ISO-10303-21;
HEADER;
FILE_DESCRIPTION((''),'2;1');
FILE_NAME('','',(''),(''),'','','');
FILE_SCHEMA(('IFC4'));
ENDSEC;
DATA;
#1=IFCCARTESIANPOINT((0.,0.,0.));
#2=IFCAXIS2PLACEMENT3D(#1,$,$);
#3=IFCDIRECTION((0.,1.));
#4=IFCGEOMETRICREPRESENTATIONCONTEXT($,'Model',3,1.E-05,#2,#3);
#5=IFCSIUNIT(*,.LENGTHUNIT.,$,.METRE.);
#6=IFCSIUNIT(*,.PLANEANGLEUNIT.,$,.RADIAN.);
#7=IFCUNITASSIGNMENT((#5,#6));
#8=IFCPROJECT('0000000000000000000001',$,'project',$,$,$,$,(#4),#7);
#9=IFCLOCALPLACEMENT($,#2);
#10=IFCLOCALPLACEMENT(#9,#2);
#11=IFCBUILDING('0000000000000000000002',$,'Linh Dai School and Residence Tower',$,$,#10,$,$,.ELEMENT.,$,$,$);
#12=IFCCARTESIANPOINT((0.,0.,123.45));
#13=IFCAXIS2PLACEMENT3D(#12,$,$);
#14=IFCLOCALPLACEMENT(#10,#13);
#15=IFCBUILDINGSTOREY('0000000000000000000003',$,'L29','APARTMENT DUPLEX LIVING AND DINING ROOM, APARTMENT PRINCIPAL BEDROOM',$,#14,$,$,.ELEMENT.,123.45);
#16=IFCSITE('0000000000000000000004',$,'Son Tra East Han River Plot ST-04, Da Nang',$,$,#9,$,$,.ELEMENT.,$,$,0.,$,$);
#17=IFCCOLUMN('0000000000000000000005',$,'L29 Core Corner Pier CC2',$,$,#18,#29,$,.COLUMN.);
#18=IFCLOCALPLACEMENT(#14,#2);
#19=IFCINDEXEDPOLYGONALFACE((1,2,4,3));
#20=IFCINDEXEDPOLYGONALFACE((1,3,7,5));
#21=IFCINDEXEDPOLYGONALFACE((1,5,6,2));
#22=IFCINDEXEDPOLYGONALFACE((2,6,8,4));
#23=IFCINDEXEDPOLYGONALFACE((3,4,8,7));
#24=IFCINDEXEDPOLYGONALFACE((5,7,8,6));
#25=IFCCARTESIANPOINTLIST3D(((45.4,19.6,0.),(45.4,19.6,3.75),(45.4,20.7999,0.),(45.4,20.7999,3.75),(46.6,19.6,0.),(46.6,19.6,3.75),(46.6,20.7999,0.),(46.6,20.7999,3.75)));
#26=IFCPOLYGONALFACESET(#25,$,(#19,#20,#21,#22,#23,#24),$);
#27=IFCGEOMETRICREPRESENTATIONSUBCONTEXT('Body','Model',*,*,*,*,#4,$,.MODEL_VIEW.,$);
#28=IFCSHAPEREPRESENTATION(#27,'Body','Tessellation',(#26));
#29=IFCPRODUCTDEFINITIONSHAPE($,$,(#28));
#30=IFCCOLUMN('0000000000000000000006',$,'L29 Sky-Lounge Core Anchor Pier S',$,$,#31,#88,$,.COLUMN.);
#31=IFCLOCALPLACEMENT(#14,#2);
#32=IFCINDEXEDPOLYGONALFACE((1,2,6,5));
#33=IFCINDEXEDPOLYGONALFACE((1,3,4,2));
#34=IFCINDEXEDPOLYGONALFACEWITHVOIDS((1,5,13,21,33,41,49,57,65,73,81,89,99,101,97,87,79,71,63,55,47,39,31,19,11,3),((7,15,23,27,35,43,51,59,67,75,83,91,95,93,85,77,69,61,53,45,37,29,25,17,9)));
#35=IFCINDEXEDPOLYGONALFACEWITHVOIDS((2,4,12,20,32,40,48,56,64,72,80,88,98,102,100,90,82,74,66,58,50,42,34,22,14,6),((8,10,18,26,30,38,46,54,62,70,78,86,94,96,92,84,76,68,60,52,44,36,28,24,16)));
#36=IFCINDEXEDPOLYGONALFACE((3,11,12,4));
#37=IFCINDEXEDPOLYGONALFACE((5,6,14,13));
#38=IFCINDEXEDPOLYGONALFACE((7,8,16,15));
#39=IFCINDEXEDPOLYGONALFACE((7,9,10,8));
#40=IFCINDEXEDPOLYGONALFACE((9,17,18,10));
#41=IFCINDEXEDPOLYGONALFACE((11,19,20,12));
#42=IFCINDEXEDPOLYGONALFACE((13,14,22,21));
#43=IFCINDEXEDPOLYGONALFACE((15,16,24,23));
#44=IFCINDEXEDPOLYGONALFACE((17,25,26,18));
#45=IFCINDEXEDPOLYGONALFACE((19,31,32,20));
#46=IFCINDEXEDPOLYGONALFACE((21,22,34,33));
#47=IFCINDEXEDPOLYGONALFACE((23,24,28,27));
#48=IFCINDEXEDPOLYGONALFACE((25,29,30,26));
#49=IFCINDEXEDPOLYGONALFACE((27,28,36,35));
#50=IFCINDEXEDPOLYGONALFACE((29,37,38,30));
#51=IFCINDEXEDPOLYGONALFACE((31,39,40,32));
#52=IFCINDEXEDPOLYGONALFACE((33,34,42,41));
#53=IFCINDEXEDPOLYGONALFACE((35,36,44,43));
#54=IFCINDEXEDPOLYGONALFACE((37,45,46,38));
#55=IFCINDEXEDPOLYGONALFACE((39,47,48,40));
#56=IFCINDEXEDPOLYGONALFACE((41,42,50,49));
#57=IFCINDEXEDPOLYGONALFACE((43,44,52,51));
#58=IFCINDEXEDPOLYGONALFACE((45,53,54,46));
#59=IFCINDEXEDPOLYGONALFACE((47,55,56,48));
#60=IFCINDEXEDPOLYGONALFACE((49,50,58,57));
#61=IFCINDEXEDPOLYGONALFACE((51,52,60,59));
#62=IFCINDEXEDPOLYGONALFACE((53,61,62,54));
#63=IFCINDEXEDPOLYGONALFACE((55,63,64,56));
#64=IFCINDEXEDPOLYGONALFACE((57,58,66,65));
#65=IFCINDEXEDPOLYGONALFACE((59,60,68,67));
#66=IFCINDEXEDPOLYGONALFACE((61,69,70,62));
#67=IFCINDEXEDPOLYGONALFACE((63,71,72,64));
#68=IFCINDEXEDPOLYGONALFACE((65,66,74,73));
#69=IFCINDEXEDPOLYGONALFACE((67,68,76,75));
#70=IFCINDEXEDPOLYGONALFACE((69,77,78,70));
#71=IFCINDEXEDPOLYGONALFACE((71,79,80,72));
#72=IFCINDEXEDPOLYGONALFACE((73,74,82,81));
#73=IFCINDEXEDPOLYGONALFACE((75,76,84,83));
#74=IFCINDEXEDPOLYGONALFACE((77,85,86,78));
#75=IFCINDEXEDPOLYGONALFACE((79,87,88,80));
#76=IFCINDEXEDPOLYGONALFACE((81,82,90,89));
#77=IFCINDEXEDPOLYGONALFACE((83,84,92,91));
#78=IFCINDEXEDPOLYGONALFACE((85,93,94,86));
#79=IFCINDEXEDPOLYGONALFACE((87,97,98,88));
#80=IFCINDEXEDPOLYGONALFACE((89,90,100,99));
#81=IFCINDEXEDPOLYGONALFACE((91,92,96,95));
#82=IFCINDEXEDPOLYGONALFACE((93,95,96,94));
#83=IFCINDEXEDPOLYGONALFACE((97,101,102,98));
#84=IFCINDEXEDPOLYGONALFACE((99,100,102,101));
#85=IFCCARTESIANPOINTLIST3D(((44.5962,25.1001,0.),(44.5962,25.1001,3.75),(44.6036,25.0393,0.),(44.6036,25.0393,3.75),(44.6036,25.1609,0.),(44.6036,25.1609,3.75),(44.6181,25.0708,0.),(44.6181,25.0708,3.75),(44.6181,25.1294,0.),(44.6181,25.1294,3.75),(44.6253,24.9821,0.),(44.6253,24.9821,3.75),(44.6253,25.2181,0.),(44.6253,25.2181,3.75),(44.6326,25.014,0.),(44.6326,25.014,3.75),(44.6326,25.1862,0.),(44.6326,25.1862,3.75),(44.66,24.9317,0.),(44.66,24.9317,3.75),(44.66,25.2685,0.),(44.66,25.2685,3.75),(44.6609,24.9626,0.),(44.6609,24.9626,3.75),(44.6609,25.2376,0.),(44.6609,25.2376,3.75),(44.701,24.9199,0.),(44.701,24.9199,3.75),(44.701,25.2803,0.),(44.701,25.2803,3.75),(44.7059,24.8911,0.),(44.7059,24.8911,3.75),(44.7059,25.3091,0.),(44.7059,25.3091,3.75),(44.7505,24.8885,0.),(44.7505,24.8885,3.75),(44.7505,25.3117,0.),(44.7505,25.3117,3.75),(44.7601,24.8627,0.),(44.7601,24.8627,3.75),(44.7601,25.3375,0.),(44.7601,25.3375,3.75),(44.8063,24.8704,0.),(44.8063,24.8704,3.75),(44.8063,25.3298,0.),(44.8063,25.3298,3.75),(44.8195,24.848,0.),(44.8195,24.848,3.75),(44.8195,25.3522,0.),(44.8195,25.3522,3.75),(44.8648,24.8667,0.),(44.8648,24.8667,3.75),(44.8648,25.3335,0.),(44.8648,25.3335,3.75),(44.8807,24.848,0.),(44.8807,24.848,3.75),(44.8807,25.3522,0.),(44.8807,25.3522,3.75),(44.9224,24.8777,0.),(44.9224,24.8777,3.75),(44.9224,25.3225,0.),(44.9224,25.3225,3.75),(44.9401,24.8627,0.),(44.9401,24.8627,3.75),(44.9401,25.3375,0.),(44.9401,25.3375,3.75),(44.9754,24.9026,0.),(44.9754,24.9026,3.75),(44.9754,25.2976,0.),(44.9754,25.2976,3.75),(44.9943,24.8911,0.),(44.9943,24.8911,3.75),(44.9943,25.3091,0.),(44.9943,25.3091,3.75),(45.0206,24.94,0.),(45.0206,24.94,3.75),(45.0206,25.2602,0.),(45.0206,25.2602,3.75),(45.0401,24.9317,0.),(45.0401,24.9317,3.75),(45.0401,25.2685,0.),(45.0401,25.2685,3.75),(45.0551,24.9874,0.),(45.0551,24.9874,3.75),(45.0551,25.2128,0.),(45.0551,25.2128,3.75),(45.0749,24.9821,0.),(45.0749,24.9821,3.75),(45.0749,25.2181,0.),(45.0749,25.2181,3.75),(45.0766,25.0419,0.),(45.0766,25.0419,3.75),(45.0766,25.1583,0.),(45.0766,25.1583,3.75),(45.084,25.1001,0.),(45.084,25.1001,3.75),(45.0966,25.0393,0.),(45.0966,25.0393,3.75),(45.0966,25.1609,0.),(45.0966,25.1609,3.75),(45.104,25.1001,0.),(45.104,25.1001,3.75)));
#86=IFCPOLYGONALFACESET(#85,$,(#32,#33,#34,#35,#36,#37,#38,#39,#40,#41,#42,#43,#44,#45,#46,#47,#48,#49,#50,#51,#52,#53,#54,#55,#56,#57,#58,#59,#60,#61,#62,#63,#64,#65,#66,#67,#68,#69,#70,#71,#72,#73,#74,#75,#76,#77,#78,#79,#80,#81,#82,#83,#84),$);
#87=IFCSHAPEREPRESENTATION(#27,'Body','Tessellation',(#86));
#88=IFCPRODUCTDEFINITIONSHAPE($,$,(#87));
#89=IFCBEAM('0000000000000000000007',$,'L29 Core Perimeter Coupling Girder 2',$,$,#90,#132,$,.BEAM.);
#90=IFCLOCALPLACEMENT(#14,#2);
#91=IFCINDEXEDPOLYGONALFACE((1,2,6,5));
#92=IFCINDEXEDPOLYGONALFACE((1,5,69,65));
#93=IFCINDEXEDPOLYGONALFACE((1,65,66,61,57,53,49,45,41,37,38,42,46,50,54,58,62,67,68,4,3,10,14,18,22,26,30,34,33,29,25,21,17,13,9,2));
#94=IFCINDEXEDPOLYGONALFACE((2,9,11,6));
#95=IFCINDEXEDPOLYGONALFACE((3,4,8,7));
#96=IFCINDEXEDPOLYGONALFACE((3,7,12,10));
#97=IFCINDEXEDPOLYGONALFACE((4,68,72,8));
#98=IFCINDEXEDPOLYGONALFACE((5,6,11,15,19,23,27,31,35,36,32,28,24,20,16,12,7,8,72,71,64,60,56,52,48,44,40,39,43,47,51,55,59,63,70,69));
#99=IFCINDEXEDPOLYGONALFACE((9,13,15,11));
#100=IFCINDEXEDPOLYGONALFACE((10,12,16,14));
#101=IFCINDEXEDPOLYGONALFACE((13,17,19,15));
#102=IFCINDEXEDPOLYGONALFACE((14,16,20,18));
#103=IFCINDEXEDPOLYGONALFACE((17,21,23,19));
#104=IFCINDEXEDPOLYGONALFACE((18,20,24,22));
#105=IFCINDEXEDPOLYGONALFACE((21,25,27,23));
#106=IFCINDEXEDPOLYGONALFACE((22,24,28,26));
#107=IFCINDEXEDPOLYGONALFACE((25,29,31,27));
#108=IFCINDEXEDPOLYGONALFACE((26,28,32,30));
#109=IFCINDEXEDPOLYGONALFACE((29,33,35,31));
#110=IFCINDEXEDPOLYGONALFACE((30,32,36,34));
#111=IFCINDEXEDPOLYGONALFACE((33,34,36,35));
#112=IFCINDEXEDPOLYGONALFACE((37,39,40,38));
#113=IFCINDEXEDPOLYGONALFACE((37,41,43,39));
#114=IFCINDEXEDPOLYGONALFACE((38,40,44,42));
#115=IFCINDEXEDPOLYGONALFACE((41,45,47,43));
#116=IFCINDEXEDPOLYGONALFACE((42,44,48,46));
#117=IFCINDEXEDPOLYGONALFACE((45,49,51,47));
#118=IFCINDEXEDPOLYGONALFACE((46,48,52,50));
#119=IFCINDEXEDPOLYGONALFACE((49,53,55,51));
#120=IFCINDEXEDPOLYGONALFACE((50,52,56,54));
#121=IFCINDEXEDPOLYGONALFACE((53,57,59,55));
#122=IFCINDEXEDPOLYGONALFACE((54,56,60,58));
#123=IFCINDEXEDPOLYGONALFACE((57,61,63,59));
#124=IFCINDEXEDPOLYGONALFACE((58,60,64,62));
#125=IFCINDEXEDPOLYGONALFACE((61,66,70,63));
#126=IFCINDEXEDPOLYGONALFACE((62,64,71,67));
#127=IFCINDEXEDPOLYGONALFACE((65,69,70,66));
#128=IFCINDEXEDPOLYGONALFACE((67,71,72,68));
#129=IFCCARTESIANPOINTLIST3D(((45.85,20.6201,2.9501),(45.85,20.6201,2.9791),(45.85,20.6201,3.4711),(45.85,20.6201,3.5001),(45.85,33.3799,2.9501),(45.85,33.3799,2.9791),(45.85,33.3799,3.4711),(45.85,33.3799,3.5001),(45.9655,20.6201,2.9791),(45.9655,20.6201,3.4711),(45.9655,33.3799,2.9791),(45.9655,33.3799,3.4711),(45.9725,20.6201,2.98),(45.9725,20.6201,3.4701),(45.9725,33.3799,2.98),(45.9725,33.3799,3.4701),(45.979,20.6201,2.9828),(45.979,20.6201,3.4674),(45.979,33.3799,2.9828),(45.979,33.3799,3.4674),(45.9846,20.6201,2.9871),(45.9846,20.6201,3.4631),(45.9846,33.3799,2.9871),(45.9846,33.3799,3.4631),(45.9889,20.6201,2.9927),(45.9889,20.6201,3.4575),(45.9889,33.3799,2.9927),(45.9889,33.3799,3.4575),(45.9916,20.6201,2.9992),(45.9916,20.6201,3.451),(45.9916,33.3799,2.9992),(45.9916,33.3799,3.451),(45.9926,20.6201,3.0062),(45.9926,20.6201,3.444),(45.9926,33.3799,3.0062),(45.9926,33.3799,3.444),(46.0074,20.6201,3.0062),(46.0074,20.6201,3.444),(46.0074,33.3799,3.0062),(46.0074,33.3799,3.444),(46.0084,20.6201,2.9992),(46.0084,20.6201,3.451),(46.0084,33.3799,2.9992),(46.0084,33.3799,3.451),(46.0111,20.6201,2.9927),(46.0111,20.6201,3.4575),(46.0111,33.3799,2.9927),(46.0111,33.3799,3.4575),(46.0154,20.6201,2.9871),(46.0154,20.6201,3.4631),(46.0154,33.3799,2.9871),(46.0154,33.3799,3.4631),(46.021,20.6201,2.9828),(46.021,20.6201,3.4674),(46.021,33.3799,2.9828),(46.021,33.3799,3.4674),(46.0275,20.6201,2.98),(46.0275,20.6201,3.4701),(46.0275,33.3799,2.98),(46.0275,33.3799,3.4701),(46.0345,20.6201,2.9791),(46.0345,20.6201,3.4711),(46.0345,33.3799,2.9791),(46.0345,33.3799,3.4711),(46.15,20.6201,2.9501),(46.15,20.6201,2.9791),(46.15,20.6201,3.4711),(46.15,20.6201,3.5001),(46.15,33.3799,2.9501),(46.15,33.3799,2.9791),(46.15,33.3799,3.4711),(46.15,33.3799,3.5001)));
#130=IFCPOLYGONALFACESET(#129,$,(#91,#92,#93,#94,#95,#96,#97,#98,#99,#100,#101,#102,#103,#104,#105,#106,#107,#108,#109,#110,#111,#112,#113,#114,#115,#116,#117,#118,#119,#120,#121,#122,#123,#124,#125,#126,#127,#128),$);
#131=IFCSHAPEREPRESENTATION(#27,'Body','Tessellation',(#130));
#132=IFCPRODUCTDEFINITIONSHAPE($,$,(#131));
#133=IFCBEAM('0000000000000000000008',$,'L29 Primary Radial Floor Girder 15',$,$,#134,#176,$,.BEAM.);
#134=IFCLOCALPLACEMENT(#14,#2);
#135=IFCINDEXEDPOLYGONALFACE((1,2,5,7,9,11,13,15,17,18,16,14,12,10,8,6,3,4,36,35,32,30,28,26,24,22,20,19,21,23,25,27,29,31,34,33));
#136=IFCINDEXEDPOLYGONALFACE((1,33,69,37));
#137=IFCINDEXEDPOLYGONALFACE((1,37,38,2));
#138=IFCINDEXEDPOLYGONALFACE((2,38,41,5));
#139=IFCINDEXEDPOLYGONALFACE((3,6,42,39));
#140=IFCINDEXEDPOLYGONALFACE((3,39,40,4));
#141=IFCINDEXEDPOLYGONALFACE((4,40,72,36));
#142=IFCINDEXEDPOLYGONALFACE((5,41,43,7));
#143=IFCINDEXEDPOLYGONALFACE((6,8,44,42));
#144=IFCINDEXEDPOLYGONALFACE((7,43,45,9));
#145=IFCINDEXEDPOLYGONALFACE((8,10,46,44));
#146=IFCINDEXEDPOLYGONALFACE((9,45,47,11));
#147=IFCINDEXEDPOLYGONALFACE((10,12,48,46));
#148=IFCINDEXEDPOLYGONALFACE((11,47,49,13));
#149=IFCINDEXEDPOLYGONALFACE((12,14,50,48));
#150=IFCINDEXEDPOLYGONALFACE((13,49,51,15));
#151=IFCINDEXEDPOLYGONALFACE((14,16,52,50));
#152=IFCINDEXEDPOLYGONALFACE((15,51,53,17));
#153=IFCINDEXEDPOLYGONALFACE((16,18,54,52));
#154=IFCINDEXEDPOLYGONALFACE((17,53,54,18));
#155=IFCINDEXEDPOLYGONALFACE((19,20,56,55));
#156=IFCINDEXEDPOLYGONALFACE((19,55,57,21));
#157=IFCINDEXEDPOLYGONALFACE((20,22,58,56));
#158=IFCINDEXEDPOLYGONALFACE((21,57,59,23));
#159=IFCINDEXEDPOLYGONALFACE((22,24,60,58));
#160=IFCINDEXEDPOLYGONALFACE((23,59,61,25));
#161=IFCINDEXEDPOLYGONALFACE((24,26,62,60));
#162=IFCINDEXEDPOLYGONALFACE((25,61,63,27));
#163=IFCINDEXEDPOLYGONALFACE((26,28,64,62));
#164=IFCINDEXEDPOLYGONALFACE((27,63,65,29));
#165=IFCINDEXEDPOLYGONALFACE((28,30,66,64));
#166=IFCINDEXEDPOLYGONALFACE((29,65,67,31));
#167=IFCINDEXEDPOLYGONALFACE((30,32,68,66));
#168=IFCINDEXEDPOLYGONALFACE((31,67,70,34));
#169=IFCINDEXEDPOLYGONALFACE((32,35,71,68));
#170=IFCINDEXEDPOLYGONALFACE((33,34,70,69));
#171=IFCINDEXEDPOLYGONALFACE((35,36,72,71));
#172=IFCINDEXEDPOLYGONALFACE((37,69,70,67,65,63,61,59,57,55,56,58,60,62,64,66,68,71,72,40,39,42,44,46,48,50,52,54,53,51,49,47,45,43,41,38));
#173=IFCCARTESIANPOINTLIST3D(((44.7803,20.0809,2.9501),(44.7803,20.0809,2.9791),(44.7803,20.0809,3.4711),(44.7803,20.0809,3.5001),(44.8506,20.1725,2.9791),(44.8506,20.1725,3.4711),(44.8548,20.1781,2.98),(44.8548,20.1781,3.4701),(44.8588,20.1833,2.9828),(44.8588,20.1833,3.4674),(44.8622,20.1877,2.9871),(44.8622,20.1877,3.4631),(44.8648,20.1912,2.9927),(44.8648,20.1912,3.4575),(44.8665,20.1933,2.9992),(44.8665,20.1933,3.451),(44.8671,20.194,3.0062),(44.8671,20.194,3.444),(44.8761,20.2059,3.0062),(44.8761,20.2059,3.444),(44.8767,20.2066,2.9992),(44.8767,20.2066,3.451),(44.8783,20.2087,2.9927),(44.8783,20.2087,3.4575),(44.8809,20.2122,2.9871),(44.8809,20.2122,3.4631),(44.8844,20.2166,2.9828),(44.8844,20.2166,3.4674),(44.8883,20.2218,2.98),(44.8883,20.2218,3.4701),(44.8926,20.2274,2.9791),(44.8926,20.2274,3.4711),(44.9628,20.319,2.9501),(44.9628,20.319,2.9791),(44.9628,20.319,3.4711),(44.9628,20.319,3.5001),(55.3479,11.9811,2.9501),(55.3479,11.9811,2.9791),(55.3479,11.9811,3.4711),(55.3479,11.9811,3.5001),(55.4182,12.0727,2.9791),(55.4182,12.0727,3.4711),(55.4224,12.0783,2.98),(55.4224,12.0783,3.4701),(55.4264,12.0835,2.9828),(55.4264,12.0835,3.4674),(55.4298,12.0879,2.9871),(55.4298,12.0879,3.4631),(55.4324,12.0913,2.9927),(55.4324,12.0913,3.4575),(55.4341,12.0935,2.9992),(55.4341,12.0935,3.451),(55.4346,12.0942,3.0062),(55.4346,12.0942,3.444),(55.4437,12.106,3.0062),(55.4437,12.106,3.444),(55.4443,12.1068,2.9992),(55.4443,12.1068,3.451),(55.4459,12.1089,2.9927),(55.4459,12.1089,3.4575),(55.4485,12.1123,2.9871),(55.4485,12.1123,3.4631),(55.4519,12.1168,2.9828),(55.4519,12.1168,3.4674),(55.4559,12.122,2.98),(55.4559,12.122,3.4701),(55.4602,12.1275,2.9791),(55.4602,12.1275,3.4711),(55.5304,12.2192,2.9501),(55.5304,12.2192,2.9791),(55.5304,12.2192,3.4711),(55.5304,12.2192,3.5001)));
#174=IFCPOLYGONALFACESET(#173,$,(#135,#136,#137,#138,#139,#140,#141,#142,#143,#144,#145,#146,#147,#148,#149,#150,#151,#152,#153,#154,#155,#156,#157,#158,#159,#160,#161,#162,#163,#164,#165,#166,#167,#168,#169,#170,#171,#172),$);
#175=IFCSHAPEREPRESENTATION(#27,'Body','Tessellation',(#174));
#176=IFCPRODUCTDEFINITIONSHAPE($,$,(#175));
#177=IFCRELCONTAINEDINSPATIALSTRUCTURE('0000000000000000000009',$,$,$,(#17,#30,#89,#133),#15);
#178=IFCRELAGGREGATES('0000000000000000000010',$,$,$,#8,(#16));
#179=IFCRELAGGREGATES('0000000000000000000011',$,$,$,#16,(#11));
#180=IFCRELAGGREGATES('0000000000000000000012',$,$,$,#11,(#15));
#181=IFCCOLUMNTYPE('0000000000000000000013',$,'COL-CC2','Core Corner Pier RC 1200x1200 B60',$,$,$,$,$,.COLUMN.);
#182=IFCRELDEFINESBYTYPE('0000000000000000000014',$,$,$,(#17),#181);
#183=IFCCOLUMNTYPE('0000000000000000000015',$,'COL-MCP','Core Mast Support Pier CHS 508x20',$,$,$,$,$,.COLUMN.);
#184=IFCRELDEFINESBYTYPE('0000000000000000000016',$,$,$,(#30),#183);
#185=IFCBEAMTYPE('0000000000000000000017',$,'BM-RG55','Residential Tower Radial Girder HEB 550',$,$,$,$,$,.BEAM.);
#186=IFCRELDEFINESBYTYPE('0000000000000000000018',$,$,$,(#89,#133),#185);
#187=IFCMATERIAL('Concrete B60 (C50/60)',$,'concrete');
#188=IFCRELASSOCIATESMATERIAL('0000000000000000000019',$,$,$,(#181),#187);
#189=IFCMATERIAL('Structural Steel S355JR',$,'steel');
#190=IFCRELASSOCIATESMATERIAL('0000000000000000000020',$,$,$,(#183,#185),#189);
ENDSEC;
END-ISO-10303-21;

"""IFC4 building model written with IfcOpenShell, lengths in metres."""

from ifc_helpers import new_model, si_unit, direction, frame, origin, origin_2d, place, context, subcontext, project, spatial, rectangle, hollow_circle, i_section, extrude, material, material_profile, profile_set, type_object, element, save


model = new_model("IFC4")

# Units and contexts
model_context = context("Model", 3, precision=1e-05, world=origin(), true_north=direction((0.0, 1.0)))
body_context = subcontext(model_context, "Body", "Model", "MODEL_VIEW")
ifc_project = project(units=[si_unit("LENGTHUNIT", "METRE"), si_unit("PLANEANGLEUNIT", "RADIAN")], contexts=[model_context])

# Site, building, storey
site_placement = place(None, origin())
site = spatial("IfcSite", under=ifc_project, at=site_placement, Name="Son Tra East Han River Plot ST-04, Da Nang", CompositionType="ELEMENT", RefElevation=0.0)
building_placement = place(site_placement, origin())
building = spatial("IfcBuilding", under=site, at=building_placement, Name="Linh Dai School and Residence Tower", CompositionType="ELEMENT")
storey_placement = place(building_placement, frame((0.0, 0.0, 123.45)))
storey = spatial("IfcBuildingStorey", under=building, at=storey_placement, Name="L29", Description="APARTMENT DUPLEX LIVING AND DINING ROOM, APARTMENT PRINCIPAL BEDROOM", CompositionType="ELEMENT", Elevation=123.45)

# Columns
ifc_material_1 = material(Name="Concrete B60 (C50/60)", Category="concrete")
ifc_material_profile_1 = material_profile(ifc_material_1, rectangle(XDim=1.2, YDim=1.2, at=origin_2d()), Name="RC 1200x1200")
ifc_profile_set_1 = profile_set([ifc_material_profile_1], Name="Concrete B60 (C50/60)")
column_type_1 = type_object("IfcColumnType", Name="COL-CC2", Description="Core Corner Pier RC 1200x1200 B60", PredefinedType="COLUMN", material=ifc_profile_set_1)
column_1_placement = place(storey_placement, frame((46.0, 20.2, 0.0), z_axis=(0.0, 0.0, 1.0), x_axis=(1.0, 0.0, 0.0)))
element("IfcColumn", 1, at=column_1_placement, inside=storey, type_object=column_type_1, Name="L29 Core Corner Pier CC2", PredefinedType="COLUMN", context=body_context, shape_type="SweptSolid", body=[
    extrude(rectangle(XDim=1.2, YDim=1.2, at=origin_2d()), origin(), (0.0, 0.0, 1.0), 3.75),
])
ifc_material_2 = material(Name="Structural Steel S355JR", Category="steel")
ifc_material_profile_2 = material_profile(ifc_material_2, hollow_circle(Radius=0.2539, WallThickness=0.02, at=origin_2d()), Name="CHS 508x20")
ifc_profile_set_2 = profile_set([ifc_material_profile_2], Name="Structural Steel S355JR")
column_type_2 = type_object("IfcColumnType", Name="COL-MCP", Description="Core Mast Support Pier CHS 508x20", PredefinedType="COLUMN", material=ifc_profile_set_2)
column_2_placement = place(storey_placement, frame((44.8501, 25.1001, 0.0), z_axis=(0.0, 0.0, 1.0), x_axis=(1.0, 0.0, 0.0)))
element("IfcColumn", 2, at=column_2_placement, inside=storey, type_object=column_type_2, Name="L29 Sky-Lounge Core Anchor Pier S", PredefinedType="COLUMN", context=body_context, shape_type="SweptSolid", body=[
    extrude(hollow_circle(Radius=0.2539, WallThickness=0.02, at=origin_2d()), origin(), (0.0, 0.0, 1.0), 3.75),
])

# Beams
ifc_material_profile_3 = material_profile(ifc_material_2, i_section(OverallWidth=0.3, OverallDepth=0.55, WebThickness=0.0149, FlangeThickness=0.0291, FilletRadius=0.0271, at=origin_2d()), Name="HEB 550")
ifc_profile_set_3 = profile_set([ifc_material_profile_3], Name="Structural Steel S355JR")
beam_type_1 = type_object("IfcBeamType", Name="BM-RG55", Description="Residential Tower Radial Girder HEB 550", PredefinedType="BEAM", material=ifc_profile_set_3)
beam_1_placement = place(storey_placement, frame((46.0, 20.6201, 3.2251), z_axis=(0.0, 1.0, 0.0), x_axis=(-1.0, 0.0, 0.0)))
element("IfcBeam", 3, at=beam_1_placement, inside=storey, type_object=beam_type_1, Name="L29 Core Perimeter Coupling Girder 2", PredefinedType="BEAM", context=body_context, shape_type="SweptSolid", body=[
    extrude(i_section(OverallWidth=0.3, OverallDepth=0.55, WebThickness=0.0149, FlangeThickness=0.0291, FilletRadius=0.0271, at=origin_2d()), origin(), (0.0, 0.0, 1.0), 12.7598),
])
beam_2_placement = place(storey_placement, frame((44.8716, 20.2, 3.2251), z_axis=(0.793679, -0.608337, 0.0), x_axis=(0.608337, 0.793679, 0.0)))
element("IfcBeam", 4, at=beam_2_placement, inside=storey, type_object=beam_type_1, Name="L29 Primary Radial Floor Girder 15", PredefinedType="BEAM", context=body_context, shape_type="SweptSolid", body=[
    extrude(i_section(OverallWidth=0.3, OverallDepth=0.55, WebThickness=0.0149, FlangeThickness=0.0291, FilletRadius=0.0271, at=origin_2d()), origin(), (0.0, 0.0, 1.0), 13.3147),
])

save(model, "model.ifc")
